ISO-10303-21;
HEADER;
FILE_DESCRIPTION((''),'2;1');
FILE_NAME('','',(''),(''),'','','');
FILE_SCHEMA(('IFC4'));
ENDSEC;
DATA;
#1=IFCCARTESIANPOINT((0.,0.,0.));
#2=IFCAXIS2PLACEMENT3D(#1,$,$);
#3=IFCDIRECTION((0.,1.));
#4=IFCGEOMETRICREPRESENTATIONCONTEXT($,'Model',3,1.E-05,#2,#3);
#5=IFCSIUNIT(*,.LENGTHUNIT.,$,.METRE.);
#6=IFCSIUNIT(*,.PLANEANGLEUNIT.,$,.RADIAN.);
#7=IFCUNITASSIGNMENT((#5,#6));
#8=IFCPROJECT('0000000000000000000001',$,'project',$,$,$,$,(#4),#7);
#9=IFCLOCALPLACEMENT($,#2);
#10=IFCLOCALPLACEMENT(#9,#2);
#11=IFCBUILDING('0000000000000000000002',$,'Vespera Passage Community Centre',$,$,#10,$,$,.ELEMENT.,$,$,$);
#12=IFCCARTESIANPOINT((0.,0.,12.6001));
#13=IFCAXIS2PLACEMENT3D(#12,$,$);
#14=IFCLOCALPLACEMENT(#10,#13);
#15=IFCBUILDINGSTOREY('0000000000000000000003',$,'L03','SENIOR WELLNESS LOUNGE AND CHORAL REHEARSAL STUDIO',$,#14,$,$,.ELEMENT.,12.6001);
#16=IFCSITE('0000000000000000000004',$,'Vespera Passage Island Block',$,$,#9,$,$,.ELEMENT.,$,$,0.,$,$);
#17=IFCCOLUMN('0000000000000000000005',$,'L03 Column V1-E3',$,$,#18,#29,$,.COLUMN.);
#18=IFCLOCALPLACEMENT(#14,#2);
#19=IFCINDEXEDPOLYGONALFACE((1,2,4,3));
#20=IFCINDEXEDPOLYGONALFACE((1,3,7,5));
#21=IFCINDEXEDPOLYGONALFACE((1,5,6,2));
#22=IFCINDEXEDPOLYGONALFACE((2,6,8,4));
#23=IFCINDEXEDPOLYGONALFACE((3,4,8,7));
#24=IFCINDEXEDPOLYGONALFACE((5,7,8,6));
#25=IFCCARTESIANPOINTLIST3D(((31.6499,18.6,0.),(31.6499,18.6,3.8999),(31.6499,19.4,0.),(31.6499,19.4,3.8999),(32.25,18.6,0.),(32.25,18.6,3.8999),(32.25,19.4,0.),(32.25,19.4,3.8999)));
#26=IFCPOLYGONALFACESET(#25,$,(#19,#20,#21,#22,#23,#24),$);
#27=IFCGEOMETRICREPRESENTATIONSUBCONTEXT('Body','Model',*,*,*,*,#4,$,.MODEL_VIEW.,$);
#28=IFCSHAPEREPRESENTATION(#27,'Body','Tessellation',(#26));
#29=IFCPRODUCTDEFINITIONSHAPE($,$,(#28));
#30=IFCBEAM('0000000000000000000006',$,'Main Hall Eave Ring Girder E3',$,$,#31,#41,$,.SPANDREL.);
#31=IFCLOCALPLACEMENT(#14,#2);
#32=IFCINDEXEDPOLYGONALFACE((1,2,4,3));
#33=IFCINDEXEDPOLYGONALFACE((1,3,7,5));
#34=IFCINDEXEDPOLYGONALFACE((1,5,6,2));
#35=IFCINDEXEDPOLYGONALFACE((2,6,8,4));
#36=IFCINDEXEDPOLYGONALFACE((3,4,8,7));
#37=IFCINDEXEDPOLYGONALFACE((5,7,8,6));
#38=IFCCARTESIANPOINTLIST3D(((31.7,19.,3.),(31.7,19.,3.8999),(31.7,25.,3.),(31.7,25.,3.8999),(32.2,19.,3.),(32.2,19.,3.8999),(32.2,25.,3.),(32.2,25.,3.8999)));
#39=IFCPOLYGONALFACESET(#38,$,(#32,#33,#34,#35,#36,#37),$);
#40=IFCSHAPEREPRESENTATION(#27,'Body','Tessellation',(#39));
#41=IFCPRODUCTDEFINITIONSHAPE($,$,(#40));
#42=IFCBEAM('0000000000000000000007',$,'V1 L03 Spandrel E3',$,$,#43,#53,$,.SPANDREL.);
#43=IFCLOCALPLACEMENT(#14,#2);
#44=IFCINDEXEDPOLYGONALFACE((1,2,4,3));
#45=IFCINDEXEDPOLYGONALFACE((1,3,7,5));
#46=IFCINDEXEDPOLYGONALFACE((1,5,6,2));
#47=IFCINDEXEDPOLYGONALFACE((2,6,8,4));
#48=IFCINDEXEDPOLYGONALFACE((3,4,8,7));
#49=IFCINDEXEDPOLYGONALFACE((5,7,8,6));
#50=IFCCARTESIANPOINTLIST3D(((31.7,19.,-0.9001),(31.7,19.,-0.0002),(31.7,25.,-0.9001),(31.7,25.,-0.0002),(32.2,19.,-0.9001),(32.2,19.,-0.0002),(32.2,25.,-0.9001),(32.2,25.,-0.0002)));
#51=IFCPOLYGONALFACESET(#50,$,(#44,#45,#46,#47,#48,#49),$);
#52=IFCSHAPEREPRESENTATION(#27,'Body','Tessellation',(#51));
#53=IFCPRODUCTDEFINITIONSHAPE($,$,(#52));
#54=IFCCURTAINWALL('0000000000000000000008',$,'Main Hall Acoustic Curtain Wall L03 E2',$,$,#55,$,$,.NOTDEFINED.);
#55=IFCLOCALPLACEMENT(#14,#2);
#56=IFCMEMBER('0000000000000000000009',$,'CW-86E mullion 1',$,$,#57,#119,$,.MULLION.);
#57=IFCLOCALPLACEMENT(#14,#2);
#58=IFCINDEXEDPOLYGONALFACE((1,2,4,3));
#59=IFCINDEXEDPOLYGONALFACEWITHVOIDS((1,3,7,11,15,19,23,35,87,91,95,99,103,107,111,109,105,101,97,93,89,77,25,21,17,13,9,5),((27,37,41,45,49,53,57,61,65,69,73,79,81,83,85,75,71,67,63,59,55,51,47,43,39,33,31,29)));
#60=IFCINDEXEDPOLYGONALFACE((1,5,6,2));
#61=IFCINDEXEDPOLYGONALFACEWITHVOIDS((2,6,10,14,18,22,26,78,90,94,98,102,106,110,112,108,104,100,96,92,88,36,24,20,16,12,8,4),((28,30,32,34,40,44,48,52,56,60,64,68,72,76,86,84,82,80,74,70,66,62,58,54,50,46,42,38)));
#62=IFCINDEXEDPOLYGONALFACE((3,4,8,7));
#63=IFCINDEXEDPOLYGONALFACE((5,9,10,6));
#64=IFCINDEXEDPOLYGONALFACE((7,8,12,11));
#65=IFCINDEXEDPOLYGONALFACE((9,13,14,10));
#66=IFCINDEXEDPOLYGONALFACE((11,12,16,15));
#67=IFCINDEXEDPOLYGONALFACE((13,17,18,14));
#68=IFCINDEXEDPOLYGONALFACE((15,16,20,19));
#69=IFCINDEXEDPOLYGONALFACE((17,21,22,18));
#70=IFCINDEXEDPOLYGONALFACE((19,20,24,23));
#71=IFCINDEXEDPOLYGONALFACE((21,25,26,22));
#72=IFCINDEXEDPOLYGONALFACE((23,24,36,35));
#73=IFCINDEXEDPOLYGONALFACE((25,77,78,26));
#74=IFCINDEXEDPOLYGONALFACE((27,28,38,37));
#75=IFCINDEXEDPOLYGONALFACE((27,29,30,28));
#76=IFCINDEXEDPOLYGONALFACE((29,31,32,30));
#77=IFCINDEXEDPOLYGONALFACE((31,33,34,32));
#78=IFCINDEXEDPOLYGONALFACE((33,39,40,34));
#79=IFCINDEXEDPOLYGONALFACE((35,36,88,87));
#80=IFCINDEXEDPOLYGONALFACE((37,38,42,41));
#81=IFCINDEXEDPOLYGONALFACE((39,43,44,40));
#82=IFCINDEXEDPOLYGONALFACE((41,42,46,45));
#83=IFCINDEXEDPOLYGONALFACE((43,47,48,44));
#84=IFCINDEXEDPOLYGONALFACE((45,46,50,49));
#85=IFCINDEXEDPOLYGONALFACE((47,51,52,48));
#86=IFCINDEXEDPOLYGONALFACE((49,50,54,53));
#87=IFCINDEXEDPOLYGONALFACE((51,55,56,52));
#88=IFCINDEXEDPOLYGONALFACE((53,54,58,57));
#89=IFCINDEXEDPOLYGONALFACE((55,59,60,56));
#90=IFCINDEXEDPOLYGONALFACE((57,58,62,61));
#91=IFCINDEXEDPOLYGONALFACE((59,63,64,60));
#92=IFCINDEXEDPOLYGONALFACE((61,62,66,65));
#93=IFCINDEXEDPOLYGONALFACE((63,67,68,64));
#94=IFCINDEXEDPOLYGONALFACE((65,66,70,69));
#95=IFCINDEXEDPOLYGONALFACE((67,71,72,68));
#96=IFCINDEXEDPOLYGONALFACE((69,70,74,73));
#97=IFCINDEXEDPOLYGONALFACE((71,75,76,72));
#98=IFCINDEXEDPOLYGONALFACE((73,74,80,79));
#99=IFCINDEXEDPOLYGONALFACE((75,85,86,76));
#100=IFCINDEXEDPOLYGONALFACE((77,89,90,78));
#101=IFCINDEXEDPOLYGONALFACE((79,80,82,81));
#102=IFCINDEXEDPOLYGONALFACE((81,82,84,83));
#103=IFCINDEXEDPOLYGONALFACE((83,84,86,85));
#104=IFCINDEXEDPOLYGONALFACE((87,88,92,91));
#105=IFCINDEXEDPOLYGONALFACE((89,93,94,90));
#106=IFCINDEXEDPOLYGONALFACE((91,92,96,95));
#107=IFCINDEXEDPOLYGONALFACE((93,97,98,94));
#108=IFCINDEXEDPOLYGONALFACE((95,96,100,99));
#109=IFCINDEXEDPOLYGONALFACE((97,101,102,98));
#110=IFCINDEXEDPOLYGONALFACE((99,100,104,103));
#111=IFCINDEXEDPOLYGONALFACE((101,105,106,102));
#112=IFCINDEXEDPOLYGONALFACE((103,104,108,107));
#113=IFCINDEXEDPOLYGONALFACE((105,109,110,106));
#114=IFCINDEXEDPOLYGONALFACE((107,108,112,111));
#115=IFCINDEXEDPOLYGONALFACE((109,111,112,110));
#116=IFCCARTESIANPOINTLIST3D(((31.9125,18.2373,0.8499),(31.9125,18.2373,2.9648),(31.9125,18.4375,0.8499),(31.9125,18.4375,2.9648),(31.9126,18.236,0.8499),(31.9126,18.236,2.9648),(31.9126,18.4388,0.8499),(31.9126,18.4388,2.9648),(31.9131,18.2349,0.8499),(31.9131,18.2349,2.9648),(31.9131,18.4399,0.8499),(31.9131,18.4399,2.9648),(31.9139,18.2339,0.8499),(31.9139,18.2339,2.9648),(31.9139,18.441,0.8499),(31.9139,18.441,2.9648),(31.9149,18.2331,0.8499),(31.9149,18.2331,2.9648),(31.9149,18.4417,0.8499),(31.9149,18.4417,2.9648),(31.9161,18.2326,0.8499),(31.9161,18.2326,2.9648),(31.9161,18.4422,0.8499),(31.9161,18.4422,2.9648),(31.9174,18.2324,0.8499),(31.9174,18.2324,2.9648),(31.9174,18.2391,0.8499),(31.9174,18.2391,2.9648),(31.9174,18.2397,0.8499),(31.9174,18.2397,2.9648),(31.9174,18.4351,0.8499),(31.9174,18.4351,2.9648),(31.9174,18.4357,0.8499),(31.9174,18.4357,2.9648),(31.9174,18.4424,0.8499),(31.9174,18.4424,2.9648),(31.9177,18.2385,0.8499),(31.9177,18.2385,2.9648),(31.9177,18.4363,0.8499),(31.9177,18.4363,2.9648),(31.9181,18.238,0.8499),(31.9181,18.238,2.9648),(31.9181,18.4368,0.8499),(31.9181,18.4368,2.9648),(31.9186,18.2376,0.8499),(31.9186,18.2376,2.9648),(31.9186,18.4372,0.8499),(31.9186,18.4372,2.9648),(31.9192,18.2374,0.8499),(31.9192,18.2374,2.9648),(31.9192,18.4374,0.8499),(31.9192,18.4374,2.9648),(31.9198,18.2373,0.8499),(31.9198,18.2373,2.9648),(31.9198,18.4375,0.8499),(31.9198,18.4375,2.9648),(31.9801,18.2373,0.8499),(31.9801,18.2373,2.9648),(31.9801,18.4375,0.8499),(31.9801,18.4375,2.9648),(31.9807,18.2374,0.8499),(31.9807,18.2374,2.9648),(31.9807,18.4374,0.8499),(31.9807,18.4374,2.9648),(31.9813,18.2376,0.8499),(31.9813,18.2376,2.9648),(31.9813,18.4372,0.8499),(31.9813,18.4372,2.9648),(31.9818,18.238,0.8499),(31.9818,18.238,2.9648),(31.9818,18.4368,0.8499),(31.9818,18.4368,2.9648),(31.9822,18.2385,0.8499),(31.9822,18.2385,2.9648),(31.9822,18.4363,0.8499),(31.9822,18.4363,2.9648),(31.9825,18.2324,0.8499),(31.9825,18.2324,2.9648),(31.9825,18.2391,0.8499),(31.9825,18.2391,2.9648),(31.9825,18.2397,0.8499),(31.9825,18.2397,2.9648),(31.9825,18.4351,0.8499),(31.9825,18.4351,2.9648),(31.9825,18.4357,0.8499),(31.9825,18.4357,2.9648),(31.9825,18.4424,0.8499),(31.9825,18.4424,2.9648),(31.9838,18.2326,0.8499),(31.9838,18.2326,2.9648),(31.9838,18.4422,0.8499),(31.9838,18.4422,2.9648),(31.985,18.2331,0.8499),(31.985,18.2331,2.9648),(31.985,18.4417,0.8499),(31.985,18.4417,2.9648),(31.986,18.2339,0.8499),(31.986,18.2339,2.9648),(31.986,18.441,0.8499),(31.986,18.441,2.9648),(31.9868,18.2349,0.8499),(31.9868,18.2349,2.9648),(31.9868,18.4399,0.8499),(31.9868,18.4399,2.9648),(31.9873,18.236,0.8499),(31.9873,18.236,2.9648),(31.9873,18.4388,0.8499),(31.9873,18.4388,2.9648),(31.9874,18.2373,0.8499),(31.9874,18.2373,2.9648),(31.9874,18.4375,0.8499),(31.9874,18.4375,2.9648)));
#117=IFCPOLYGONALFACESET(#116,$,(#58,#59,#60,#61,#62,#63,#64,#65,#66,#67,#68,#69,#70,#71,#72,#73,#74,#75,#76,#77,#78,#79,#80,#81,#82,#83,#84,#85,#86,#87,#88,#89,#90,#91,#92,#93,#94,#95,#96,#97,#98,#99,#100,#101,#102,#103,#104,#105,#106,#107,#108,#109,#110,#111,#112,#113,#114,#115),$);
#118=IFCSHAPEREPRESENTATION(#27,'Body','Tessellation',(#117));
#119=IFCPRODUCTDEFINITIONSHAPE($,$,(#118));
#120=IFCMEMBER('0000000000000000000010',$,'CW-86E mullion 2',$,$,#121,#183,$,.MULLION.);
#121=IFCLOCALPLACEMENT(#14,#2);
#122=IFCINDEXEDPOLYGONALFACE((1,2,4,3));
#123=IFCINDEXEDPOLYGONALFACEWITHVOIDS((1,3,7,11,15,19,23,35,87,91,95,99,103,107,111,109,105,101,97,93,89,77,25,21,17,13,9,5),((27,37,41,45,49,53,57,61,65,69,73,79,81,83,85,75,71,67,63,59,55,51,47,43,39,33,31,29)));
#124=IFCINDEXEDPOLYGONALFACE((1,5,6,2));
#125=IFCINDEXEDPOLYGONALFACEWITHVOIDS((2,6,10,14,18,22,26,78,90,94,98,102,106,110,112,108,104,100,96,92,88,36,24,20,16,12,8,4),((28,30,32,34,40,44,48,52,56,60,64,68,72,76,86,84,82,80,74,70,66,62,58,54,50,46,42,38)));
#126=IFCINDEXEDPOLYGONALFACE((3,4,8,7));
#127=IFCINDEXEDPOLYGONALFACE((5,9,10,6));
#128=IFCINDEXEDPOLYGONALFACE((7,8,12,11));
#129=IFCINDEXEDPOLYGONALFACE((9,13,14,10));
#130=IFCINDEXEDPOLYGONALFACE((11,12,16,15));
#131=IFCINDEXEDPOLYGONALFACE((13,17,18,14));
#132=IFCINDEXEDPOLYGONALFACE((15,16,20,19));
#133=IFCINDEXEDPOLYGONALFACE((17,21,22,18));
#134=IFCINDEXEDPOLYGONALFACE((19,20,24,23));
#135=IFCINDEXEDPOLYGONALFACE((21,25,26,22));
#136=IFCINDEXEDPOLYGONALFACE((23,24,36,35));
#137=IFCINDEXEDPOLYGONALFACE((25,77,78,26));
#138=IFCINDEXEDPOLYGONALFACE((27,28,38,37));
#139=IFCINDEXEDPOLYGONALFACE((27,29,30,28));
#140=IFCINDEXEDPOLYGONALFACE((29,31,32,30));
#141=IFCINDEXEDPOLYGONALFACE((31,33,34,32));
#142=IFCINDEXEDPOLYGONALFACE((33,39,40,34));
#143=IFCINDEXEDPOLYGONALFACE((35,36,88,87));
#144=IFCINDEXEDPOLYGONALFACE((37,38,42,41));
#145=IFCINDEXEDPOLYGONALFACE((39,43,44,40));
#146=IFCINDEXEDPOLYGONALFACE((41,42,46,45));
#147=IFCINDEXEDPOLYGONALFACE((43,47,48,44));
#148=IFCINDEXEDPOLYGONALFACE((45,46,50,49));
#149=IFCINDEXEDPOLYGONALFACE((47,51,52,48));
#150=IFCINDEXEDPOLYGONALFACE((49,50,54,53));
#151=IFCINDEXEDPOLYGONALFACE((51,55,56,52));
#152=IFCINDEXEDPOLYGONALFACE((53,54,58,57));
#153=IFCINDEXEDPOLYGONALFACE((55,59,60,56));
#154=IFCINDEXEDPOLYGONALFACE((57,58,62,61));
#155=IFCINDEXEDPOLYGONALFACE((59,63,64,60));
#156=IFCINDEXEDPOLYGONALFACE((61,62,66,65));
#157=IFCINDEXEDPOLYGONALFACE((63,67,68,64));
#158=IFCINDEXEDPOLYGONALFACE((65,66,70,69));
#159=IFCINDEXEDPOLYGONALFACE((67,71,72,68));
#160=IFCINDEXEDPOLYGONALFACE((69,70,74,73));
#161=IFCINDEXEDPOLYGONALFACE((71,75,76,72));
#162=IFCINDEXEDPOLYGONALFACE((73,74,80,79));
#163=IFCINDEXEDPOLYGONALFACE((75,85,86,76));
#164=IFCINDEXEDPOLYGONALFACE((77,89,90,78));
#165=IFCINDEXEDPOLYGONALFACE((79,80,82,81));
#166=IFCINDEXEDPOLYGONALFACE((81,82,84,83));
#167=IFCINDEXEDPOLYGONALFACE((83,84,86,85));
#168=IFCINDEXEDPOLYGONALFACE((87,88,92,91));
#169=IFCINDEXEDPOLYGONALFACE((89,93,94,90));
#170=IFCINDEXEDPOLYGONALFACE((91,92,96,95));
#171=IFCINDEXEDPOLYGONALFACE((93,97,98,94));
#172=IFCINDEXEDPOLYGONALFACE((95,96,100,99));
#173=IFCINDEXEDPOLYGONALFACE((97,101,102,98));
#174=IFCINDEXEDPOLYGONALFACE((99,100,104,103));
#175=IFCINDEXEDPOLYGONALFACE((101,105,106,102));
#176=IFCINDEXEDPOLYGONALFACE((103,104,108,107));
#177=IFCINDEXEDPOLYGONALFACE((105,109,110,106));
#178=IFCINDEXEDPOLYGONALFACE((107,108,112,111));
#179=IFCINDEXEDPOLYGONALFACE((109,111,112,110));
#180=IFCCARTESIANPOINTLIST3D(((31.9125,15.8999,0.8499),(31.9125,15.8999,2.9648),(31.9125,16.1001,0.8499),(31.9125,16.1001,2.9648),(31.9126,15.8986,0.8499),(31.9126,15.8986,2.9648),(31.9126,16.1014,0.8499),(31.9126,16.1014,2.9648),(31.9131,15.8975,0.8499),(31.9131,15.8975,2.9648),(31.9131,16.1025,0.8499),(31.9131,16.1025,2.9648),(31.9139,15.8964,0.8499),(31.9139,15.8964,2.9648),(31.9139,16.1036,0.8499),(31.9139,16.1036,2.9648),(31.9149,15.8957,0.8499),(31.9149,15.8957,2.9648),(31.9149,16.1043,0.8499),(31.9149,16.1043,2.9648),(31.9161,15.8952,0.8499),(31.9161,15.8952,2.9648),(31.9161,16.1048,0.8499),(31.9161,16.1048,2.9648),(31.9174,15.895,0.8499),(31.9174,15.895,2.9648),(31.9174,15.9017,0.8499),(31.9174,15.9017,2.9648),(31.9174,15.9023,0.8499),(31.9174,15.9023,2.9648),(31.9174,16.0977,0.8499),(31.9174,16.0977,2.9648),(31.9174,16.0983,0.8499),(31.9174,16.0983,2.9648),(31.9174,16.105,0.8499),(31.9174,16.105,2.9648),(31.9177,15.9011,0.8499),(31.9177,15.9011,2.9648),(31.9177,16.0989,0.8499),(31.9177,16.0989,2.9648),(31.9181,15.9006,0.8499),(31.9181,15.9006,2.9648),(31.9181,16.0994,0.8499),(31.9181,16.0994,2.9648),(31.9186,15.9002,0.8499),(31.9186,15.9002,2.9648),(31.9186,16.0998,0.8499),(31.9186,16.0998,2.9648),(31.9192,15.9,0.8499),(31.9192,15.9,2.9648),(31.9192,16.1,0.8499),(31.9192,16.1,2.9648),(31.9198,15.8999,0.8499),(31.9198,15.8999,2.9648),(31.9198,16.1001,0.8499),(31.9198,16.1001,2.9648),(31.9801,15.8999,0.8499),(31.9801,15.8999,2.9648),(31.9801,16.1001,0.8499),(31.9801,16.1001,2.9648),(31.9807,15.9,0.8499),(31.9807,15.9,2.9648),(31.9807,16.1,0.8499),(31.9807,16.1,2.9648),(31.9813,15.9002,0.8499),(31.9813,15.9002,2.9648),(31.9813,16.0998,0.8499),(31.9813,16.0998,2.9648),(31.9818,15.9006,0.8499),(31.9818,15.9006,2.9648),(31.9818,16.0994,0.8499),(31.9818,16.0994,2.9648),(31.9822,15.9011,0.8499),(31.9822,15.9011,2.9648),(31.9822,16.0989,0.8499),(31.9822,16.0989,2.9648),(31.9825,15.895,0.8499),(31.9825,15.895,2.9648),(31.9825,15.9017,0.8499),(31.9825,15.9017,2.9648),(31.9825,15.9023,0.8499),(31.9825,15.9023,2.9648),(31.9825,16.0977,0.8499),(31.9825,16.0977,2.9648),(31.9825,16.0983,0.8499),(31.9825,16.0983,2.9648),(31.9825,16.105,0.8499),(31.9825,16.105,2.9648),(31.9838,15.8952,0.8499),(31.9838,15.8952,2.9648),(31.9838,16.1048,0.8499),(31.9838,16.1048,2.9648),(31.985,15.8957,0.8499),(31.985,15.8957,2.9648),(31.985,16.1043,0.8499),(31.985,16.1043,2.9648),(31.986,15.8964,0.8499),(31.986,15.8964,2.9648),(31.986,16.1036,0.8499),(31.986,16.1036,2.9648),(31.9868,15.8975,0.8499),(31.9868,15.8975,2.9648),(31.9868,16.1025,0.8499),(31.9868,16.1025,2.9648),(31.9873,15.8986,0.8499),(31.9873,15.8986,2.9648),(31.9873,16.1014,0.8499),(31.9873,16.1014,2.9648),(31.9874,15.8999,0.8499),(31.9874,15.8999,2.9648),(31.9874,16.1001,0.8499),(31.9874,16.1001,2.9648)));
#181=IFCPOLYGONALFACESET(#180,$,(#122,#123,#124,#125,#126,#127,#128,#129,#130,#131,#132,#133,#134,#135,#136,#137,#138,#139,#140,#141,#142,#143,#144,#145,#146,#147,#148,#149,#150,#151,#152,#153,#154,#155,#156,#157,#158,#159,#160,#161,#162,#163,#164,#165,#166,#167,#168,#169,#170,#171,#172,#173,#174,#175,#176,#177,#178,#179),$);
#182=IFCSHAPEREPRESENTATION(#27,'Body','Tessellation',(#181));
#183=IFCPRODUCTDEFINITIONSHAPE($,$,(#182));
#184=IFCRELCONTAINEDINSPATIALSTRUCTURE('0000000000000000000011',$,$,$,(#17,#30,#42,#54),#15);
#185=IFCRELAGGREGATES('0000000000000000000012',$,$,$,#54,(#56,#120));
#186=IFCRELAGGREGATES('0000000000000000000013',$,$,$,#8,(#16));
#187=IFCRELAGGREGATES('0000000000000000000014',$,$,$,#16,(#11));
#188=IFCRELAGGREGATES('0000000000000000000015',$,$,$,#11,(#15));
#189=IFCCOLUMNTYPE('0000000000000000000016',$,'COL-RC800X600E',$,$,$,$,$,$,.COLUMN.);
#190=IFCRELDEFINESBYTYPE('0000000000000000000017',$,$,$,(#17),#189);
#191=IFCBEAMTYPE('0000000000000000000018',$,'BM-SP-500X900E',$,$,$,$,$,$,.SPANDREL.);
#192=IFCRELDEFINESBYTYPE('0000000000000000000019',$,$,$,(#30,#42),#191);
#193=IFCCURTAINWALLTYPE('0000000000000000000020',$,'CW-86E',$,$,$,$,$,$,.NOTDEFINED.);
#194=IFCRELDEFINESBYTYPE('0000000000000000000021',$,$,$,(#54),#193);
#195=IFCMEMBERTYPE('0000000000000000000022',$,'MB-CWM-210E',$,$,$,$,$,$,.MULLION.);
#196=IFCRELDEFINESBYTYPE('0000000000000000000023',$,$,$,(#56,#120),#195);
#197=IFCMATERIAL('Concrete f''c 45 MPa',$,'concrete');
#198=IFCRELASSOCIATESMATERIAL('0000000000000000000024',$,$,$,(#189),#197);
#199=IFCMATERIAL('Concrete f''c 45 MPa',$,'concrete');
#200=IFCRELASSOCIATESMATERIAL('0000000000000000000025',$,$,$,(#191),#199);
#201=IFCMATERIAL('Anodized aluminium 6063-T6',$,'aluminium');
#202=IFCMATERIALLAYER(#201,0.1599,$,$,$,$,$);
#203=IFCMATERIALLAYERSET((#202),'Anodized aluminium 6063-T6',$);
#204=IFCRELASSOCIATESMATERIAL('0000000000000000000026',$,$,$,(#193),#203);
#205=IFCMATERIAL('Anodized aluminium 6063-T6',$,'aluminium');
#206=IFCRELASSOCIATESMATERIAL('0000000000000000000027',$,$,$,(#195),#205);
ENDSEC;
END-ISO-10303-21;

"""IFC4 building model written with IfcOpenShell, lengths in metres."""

from ifc_helpers import new_model, si_unit, direction, frame, origin, origin_2d, place, context, subcontext, project, spatial, rectangle, hollow_rectangle, extrude, material, layer, layer_set, material_profile, profile_set, type_object, element, aggregate, save


model = new_model("IFC4")

# Units and contexts
model_context = context("Model", 3, precision=1e-05, world=origin(), true_north=direction((0.0, 1.0)))
body_context = subcontext(model_context, "Body", "Model", "MODEL_VIEW")
ifc_project = project(units=[si_unit("LENGTHUNIT", "METRE"), si_unit("PLANEANGLEUNIT", "RADIAN")], contexts=[model_context])

# Site, building, storey
site_placement = place(None, origin())
site = spatial("IfcSite", under=ifc_project, at=site_placement, Name="Vespera Passage Island Block", CompositionType="ELEMENT", RefElevation=0.0)
building_placement = place(site_placement, origin())
building = spatial("IfcBuilding", under=site, at=building_placement, Name="Vespera Passage Community Centre", CompositionType="ELEMENT")
storey_placement = place(building_placement, frame((0.0, 0.0, 12.6001)))
storey = spatial("IfcBuildingStorey", under=building, at=storey_placement, Name="L03", Description="SENIOR WELLNESS LOUNGE AND CHORAL REHEARSAL STUDIO", CompositionType="ELEMENT", Elevation=12.6001)

# Column
ifc_material_1 = material(Name="Concrete f'c 45 MPa", Category="concrete")
ifc_material_profile_1 = material_profile(ifc_material_1, rectangle(XDim=0.6001, YDim=0.8, at=origin_2d()), Name="RC800X600")
ifc_profile_set_1 = profile_set([ifc_material_profile_1], Name="Concrete f'c 45 MPa")
column_type = type_object("IfcColumnType", Name="COL-RC800X600E", PredefinedType="COLUMN", material=ifc_profile_set_1)
column_placement = place(storey_placement, frame((31.95, 19.0, 0.0), z_axis=(0.0, 0.0, 1.0), x_axis=(1.0, 0.0, 0.0)))
element("IfcColumn", 1, at=column_placement, inside=storey, type_object=column_type, Name="L03 Column V1-E3", PredefinedType="COLUMN", context=body_context, shape_type="SweptSolid", body=[
    extrude(rectangle(XDim=0.6001, YDim=0.8, at=origin_2d()), origin(), (0.0, 0.0, 1.0), 3.8999),
])

# Beams
ifc_material_2 = material(Name="Concrete f'c 45 MPa", Category="concrete")
ifc_material_profile_2 = material_profile(ifc_material_2, rectangle(XDim=0.5, YDim=0.8999, at=origin_2d()), Name="RC500X900")
ifc_profile_set_2 = profile_set([ifc_material_profile_2], Name="Concrete f'c 45 MPa")
beam_type = type_object("IfcBeamType", Name="BM-SP-500X900E", PredefinedType="SPANDREL", material=ifc_profile_set_2)
for number, where, z_axis, x_axis, name in (
    (2, (31.95, 19.0, 3.45), (0.0, 1.0, 0.0), (-1.0, 0.0, 0.0), "Main Hall Eave Ring Girder E3"),
    (3, (31.95, 19.0, -0.4502), (0.0, 1.0, 0.0), (-1.0, 0.0, 0.0), "V1 L03 Spandrel E3"),
):
    element("IfcBeam", number, at=place(storey_placement, frame(where, z_axis=z_axis, x_axis=x_axis)), inside=storey, type_object=beam_type, Name=name, PredefinedType="SPANDREL", context=body_context, shape_type="SweptSolid", body=[
        extrude(rectangle(XDim=0.5, YDim=0.8999, at=origin_2d()), origin(), (0.0, 0.0, 1.0), 6.0),
    ])

# Curtain wall, members
ifc_material_3 = material(Name="Anodized aluminium 6063-T6", Category="aluminium")
ifc_layer_1 = layer(ifc_material_3, 0.1599)
ifc_layer_set_1 = layer_set([ifc_layer_1], Name="Anodized aluminium 6063-T6")
curtain_wall_type = type_object("IfcCurtainWallType", Name="CW-86E", PredefinedType="NOTDEFINED", material=ifc_layer_set_1)
curtain_wall_1_placement = place(storey_placement, origin())
curtain_wall_1 = element("IfcCurtainWall", 4, at=curtain_wall_1_placement, inside=storey, type_object=curtain_wall_type, Name="Main Hall Acoustic Curtain Wall L03 E2", PredefinedType="NOTDEFINED")
ifc_material_4 = material(Name="Anodized aluminium 6063-T6", Category="aluminium")
ifc_material_profile_3 = material_profile(ifc_material_4, hollow_rectangle(XDim=0.075, YDim=0.21, WallThickness=0.0049, InnerFilletRadius=0.0024, OuterFilletRadius=0.0049, at=origin_2d()), Name="ALU210X75X5")
ifc_profile_set_3 = profile_set([ifc_material_profile_3], Name="Anodized aluminium 6063-T6")
member_type_1 = type_object("IfcMemberType", Name="MB-CWM-210E", PredefinedType="MULLION", material=ifc_profile_set_3)
member_1_placement = place(storey_placement, frame((31.95, 18.3374, 0.8499), z_axis=(0.0, 0.0, 1.0), x_axis=(1.0, 0.0, 0.0)))
member_1 = element("IfcMember", 5, at=member_1_placement, type_object=member_type_1, Name="CW-86E mullion 1", PredefinedType="MULLION", context=body_context, shape_type="SweptSolid", body=[
    extrude(hollow_rectangle(XDim=0.075, YDim=0.21, WallThickness=0.0049, InnerFilletRadius=0.0024, OuterFilletRadius=0.0049, at=origin_2d()), origin(), (0.0, 0.0, 1.0), 2.115),
])
member_2_placement = place(storey_placement, frame((31.95, 16.0, 0.8499), z_axis=(0.0, 0.0, 1.0), x_axis=(1.0, 0.0, 0.0)))
member_2 = element("IfcMember", 6, at=member_2_placement, type_object=member_type_1, Name="CW-86E mullion 2", PredefinedType="MULLION", context=body_context, shape_type="SweptSolid", body=[
    extrude(hollow_rectangle(XDim=0.075, YDim=0.21, WallThickness=0.0049, InnerFilletRadius=0.0024, OuterFilletRadius=0.0049, at=origin_2d()), origin(), (0.0, 0.0, 1.0), 2.115),
])

aggregate(curtain_wall_1, [member_1, member_2])

save(model, "model.ifc")
